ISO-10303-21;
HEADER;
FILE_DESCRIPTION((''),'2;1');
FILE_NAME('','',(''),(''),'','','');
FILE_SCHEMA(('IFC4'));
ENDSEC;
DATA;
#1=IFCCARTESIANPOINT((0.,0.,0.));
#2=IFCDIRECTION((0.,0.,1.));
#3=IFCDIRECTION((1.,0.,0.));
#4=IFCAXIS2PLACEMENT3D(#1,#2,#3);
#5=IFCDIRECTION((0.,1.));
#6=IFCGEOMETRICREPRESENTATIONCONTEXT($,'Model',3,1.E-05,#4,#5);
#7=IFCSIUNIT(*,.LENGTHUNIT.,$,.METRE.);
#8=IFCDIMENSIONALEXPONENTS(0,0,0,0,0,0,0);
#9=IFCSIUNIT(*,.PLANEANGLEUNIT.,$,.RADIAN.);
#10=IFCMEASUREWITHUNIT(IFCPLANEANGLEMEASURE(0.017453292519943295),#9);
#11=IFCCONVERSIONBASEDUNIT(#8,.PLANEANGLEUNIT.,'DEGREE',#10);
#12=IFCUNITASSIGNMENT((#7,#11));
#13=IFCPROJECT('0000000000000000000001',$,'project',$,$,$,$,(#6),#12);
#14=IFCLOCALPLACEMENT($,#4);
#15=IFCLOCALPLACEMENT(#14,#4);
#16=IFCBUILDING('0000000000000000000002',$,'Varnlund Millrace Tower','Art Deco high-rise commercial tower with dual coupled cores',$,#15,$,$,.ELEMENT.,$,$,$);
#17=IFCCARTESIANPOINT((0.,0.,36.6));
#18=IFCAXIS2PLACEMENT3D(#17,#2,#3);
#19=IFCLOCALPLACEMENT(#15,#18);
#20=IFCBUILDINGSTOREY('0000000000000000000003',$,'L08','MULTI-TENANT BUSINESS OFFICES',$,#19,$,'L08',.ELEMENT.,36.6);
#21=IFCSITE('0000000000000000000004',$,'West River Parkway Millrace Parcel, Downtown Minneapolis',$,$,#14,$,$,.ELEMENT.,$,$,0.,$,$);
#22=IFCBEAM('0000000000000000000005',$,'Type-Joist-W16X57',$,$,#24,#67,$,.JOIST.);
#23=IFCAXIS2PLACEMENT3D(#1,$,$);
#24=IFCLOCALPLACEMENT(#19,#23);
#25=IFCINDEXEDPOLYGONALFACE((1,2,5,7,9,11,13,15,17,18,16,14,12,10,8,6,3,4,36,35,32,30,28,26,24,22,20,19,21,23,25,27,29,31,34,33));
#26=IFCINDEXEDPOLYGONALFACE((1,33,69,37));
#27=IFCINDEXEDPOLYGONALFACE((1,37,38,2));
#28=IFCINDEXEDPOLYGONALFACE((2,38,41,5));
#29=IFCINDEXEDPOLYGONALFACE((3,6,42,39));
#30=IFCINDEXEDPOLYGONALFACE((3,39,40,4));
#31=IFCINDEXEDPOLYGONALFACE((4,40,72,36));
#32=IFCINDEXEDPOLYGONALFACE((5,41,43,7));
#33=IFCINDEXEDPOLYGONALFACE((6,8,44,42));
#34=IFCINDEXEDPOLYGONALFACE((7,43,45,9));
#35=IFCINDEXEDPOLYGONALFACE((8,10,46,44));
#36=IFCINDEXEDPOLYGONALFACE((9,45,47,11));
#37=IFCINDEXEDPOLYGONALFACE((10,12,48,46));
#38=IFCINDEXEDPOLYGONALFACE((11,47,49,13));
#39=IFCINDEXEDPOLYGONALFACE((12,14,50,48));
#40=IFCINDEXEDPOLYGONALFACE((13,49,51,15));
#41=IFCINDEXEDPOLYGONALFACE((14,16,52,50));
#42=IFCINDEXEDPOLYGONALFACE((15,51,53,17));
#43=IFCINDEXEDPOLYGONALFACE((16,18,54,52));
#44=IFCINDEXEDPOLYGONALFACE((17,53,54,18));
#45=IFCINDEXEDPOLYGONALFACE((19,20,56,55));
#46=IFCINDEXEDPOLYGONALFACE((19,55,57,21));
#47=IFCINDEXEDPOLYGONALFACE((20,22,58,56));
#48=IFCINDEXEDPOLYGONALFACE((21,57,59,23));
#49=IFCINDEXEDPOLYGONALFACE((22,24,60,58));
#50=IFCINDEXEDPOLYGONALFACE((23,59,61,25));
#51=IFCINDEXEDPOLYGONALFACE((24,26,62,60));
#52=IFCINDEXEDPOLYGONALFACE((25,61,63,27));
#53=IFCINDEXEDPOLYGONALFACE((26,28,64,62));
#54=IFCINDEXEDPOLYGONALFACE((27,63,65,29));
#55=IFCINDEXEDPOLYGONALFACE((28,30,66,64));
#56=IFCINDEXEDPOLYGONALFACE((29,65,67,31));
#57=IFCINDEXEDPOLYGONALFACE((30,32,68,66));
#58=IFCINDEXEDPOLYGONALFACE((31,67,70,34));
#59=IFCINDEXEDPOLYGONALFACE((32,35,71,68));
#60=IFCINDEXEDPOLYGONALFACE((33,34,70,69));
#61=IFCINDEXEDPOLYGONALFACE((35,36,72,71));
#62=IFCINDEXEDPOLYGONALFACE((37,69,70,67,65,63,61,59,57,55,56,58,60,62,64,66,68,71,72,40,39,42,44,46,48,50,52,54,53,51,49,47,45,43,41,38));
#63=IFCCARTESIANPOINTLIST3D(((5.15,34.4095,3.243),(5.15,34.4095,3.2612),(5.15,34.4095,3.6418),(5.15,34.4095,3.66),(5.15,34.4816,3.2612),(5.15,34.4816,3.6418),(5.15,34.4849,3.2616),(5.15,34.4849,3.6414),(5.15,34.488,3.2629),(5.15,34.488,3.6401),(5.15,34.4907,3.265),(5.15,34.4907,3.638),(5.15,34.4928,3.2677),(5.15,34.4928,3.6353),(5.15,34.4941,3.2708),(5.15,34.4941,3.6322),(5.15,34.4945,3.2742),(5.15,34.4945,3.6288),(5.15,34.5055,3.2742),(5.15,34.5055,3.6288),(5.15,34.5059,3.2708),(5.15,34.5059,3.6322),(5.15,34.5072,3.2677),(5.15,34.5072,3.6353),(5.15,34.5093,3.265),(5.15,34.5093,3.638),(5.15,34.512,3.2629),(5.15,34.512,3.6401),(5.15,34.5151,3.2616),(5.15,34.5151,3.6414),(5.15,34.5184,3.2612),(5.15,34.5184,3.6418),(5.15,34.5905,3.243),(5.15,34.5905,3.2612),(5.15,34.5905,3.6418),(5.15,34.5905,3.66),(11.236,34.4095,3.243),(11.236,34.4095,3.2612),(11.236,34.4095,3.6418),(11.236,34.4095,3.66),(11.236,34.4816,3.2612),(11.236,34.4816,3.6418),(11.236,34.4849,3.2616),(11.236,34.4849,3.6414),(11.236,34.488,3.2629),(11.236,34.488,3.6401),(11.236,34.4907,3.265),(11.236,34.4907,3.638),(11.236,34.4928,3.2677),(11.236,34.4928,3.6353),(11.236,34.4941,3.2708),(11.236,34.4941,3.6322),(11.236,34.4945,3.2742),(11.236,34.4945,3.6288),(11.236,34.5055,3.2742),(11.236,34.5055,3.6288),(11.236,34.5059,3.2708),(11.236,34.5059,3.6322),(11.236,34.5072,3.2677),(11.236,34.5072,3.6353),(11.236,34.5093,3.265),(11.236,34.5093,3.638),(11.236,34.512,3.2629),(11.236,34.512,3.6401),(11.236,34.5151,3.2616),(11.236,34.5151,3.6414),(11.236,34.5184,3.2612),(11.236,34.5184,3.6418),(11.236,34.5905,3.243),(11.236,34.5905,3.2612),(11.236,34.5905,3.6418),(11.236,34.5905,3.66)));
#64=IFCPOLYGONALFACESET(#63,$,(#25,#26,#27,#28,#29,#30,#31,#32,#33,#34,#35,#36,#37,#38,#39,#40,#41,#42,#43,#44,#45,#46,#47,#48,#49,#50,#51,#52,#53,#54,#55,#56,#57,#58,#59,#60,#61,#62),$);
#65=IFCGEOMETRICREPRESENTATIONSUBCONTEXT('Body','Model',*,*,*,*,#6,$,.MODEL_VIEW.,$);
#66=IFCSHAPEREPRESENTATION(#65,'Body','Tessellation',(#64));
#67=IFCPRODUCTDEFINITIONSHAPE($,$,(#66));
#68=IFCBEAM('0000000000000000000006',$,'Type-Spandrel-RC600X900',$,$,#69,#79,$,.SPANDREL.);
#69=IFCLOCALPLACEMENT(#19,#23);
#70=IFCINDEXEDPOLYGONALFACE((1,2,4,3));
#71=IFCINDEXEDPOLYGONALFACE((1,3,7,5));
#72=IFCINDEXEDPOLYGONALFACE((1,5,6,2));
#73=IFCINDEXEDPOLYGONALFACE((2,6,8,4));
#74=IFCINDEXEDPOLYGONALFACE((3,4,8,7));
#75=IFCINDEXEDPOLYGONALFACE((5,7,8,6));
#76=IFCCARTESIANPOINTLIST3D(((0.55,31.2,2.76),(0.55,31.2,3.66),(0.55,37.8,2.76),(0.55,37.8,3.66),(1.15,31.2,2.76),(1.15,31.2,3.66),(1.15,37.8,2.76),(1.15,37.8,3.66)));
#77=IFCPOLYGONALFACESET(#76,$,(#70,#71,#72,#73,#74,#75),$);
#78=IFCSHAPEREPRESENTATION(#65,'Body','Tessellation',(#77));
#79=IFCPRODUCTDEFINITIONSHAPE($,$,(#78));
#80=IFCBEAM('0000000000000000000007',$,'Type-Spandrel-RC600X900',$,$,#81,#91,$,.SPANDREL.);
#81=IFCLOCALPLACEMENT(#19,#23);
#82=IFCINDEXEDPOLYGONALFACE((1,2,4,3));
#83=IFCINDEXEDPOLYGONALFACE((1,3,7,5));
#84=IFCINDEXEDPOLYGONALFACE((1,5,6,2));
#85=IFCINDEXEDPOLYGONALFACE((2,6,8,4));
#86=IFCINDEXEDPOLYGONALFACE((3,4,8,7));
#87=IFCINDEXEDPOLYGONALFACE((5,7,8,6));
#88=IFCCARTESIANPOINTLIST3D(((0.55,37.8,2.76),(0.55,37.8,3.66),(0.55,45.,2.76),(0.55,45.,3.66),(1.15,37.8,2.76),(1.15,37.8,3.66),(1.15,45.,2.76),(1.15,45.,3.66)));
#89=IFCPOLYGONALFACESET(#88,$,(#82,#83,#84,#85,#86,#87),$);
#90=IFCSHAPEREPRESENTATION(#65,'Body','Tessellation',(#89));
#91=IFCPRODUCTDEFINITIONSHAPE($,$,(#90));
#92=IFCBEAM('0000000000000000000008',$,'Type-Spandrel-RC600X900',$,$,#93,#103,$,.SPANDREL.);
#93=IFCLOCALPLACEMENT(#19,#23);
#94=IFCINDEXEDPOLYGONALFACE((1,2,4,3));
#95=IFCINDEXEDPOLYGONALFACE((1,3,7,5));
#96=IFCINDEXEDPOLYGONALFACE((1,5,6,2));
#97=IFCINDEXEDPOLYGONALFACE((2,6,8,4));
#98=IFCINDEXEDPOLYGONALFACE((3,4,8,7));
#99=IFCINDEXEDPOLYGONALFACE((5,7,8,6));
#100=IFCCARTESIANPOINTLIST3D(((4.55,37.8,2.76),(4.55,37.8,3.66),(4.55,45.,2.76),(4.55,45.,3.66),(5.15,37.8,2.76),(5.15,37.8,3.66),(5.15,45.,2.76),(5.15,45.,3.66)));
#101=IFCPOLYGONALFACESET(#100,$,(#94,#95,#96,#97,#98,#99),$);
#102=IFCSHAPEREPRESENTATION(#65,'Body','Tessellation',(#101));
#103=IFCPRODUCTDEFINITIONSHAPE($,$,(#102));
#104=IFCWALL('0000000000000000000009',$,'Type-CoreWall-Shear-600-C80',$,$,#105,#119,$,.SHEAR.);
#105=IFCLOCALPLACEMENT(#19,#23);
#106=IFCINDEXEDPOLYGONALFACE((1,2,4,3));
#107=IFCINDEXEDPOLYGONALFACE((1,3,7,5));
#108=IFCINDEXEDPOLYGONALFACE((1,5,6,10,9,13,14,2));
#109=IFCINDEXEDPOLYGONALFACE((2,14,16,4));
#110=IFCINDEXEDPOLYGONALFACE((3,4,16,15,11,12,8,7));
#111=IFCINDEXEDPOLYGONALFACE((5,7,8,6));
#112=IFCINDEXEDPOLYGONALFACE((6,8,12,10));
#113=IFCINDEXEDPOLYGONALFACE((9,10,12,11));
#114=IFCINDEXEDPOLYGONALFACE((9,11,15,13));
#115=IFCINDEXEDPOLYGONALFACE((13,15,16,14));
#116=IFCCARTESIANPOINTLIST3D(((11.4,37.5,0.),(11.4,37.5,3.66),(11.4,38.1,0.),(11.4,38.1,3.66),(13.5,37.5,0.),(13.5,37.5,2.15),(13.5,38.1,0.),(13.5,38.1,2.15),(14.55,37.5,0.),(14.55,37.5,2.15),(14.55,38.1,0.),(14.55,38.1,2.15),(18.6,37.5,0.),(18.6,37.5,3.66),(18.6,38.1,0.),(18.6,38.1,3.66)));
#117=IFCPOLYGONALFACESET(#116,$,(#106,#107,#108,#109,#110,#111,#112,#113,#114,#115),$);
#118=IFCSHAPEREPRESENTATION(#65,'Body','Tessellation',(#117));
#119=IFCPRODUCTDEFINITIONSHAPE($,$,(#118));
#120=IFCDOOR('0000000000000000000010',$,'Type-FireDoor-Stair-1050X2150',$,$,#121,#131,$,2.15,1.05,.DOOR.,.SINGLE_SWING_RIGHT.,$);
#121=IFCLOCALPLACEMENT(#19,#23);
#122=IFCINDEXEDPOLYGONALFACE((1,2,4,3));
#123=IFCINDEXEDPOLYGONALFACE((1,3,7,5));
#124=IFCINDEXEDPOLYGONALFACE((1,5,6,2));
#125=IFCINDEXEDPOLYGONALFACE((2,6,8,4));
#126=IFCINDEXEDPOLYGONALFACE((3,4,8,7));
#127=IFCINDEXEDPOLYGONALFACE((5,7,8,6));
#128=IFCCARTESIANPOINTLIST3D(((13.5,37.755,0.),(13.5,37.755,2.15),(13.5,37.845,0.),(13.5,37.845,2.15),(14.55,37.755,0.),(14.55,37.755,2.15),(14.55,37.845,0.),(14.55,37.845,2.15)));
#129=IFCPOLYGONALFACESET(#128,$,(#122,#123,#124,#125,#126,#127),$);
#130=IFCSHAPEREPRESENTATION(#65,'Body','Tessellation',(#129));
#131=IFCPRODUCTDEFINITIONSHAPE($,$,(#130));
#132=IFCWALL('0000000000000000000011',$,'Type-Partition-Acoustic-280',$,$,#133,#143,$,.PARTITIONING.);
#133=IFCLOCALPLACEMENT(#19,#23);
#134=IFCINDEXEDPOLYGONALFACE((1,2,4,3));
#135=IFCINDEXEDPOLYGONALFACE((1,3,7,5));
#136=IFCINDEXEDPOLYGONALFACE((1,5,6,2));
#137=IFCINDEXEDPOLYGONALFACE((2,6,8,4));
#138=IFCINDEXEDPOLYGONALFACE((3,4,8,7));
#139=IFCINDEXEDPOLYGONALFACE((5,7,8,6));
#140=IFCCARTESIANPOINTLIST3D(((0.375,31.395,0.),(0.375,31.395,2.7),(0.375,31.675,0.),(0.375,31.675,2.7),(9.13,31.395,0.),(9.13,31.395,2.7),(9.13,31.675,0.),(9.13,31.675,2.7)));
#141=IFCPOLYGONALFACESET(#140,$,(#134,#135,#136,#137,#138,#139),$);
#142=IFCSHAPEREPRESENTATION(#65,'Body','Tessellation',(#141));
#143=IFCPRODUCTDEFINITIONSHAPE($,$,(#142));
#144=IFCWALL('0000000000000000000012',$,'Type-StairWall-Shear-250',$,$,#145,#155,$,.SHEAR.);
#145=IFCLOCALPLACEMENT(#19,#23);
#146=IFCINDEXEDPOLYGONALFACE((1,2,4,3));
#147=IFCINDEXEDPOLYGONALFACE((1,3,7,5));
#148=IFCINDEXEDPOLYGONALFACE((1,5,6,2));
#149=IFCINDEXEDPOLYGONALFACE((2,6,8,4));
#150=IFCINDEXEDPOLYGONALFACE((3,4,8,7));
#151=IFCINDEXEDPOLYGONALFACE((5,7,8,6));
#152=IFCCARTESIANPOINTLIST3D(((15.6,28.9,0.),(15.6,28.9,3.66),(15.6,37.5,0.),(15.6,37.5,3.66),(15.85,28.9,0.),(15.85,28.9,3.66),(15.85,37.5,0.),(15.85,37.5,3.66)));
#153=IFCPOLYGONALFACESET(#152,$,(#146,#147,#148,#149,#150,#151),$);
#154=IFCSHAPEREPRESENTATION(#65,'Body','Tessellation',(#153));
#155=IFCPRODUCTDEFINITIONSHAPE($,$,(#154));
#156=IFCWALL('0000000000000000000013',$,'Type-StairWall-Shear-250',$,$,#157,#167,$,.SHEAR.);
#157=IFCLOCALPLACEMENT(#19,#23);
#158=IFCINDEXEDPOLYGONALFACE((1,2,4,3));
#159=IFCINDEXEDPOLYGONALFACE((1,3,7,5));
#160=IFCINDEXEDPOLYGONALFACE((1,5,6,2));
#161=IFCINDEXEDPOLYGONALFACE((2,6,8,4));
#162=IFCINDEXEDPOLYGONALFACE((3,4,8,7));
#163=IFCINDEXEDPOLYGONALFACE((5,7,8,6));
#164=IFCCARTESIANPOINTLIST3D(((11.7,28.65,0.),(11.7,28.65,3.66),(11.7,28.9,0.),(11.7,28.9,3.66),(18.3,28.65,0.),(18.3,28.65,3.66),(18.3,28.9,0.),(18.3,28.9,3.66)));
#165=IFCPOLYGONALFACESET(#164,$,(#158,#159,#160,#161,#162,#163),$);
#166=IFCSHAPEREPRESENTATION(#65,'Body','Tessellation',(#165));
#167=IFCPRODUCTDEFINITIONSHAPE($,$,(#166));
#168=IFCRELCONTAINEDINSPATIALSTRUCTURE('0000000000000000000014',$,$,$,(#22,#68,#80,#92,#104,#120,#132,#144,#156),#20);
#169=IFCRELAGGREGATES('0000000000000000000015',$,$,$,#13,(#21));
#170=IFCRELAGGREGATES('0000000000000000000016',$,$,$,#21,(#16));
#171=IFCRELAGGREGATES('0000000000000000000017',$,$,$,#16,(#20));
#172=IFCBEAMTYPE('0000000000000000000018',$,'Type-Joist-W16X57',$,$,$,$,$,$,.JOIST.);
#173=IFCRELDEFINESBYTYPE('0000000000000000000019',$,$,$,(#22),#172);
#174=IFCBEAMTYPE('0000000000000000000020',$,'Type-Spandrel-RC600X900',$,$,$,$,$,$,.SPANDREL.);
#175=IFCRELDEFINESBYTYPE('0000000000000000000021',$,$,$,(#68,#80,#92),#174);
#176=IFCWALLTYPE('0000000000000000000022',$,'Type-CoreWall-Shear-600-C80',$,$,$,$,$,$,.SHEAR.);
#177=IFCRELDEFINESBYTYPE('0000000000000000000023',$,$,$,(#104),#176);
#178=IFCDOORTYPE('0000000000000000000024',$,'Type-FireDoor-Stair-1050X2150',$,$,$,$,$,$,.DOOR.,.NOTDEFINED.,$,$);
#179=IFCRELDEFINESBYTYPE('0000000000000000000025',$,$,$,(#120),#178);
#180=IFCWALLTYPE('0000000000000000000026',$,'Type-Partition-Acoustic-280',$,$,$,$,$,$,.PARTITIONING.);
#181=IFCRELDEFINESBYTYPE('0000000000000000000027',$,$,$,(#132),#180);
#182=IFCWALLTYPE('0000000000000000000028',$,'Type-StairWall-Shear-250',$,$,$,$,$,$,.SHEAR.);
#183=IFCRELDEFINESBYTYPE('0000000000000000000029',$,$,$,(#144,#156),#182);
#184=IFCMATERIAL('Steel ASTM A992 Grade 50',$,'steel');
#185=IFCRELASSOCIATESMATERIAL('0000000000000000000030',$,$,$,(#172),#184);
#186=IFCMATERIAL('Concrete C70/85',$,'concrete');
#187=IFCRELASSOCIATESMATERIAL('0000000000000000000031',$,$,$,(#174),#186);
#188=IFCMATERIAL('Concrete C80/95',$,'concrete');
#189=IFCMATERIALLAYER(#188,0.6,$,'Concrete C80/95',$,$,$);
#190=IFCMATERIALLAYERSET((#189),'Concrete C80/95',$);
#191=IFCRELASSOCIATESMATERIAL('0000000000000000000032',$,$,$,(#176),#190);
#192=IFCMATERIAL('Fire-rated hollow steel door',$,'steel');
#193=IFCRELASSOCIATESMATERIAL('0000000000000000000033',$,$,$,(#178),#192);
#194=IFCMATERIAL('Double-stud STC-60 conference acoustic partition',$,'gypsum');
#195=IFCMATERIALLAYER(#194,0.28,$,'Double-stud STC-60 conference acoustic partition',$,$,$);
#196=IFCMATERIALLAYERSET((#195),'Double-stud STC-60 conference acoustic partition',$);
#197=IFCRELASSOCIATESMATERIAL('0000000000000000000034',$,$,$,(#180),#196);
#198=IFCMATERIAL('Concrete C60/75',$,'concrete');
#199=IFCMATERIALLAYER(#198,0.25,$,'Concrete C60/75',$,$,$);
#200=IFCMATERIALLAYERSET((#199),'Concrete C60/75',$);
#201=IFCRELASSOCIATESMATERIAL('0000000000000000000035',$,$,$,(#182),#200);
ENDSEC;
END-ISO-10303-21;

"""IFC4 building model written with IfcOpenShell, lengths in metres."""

from ifc_helpers import new_model, entity, si_unit, converted_unit, direction, frame, origin_with_axes, origin_2d_with_axis, place, context, subcontext, project, spatial, polyline, rectangle, i_section, outline, extrude, material, layer, layer_set, material_profile, profile_set, type_object, element, fill, save


model = new_model("IFC4")

# Units and contexts
model_context = context("Model", 3, precision=1e-05, world=origin_with_axes(), true_north=direction((0.0, 1.0)))
body_context = subcontext(model_context, "Body", "Model", "MODEL_VIEW")
ifc_project = project(units=[si_unit("LENGTHUNIT", "METRE"), converted_unit("PLANEANGLEUNIT", "DEGREE", entity("IfcPlaneAngleMeasure", 0.017453292519943295), si_unit("PLANEANGLEUNIT", "RADIAN"), dimensions=[0, 0, 0, 0, 0, 0, 0])], contexts=[model_context])

# Site, building, storey
site_placement = place(None, origin_with_axes())
site = spatial("IfcSite", under=ifc_project, at=site_placement, Name="West River Parkway Millrace Parcel, Downtown Minneapolis", CompositionType="ELEMENT", RefElevation=0.0)
building_placement = place(site_placement, origin_with_axes())
building = spatial("IfcBuilding", under=site, at=building_placement, Name="Varnlund Millrace Tower", Description="Art Deco high-rise commercial tower with dual coupled cores", CompositionType="ELEMENT")
storey_placement = place(building_placement, frame((0.0, 0.0, 36.6), z_axis=(0.0, 0.0, 1.0), x_axis=(1.0, 0.0, 0.0)))
storey = spatial("IfcBuildingStorey", under=building, at=storey_placement, Name="L08", Description="MULTI-TENANT BUSINESS OFFICES", LongName="L08", CompositionType="ELEMENT", Elevation=36.6)

# Shared definitions
ifc_material_1 = material(Name="Concrete C80/95", Category="concrete")

# Beams
ifc_material_2 = material(Name="Steel ASTM A992 Grade 50", Category="steel")
ifc_material_profile_1 = material_profile(ifc_material_2, i_section(OverallWidth=0.181, OverallDepth=0.417, WebThickness=0.0109, FlangeThickness=0.0182, FilletRadius=0.013, at=origin_2d_with_axis()), Name="Steel ASTM A992 Grade 50")
ifc_profile_set_1 = profile_set([ifc_material_profile_1], Name="Steel ASTM A992 Grade 50")
beam_type_1 = type_object("IfcBeamType", Name="Type-Joist-W16X57", PredefinedType="JOIST", material=ifc_profile_set_1)
beam_1_placement = place(storey_placement, frame((5.15, 34.5, 3.4515), z_axis=(1.0, 0.0, 0.0), x_axis=(0.0, 1.0, 0.0)))
element("IfcBeam", 1, at=beam_1_placement, inside=storey, type_object=beam_type_1, Name="Type-Joist-W16X57", PredefinedType="JOIST", context=body_context, shape_type="SweptSolid", body=[
    extrude(i_section(OverallWidth=0.181, OverallDepth=0.417, WebThickness=0.0109, FlangeThickness=0.0182, FilletRadius=0.013, at=origin_2d_with_axis()), origin_with_axes(), (0.0, 0.0, 1.0), 6.086),
])
ifc_material_3 = material(Name="Concrete C70/85", Category="concrete")
ifc_material_profile_2 = material_profile(ifc_material_3, rectangle(XDim=0.6, YDim=0.9, at=origin_2d_with_axis()), Name="Concrete C70/85")
ifc_profile_set_2 = profile_set([ifc_material_profile_2], Name="Concrete C70/85")
beam_type_2 = type_object("IfcBeamType", Name="Type-Spandrel-RC600X900", PredefinedType="SPANDREL", material=ifc_profile_set_2)
beam_2_placement = place(storey_placement, frame((0.85, 31.2, 3.21), z_axis=(0.0, 1.0, 0.0), x_axis=(-1.0, 0.0, 0.0)))
element("IfcBeam", 2, at=beam_2_placement, inside=storey, type_object=beam_type_2, Name="Type-Spandrel-RC600X900", PredefinedType="SPANDREL", context=body_context, shape_type="SweptSolid", body=[
    extrude(rectangle(XDim=0.6, YDim=0.9, at=origin_2d_with_axis()), origin_with_axes(), (0.0, 0.0, 1.0), 6.6),
])
for number, where, z_axis, x_axis, name in (
    (3, (0.85, 37.8, 3.21), (0.0, 1.0, 0.0), (-1.0, 0.0, 0.0), "Type-Spandrel-RC600X900"),
    (4, (4.85, 37.8, 3.21), (0.0, 1.0, 0.0), (-1.0, 0.0, 0.0), "Type-Spandrel-RC600X900"),
):
    element("IfcBeam", number, at=place(storey_placement, frame(where, z_axis=z_axis, x_axis=x_axis)), inside=storey, type_object=beam_type_2, Name=name, PredefinedType="SPANDREL", context=body_context, shape_type="SweptSolid", body=[
        extrude(rectangle(XDim=0.6, YDim=0.9, at=origin_2d_with_axis()), origin_with_axes(), (0.0, 0.0, 1.0), 7.2),
    ])

# Wall, opening, door
ifc_layer_1 = layer(ifc_material_1, 0.6, Name="Concrete C80/95")
ifc_layer_set_1 = layer_set([ifc_layer_1], Name="Concrete C80/95")
wall_type_1 = type_object("IfcWallType", Name="Type-CoreWall-Shear-600-C80", PredefinedType="SHEAR", material=ifc_layer_set_1)
wall_1_placement = place(storey_placement, frame((11.4, 37.8, 0.0), z_axis=(0.0, 0.0, 1.0), x_axis=(1.0, 0.0, 0.0)))
wall_1 = element("IfcWall", 5, at=wall_1_placement, inside=storey, type_object=wall_type_1, Name="Type-CoreWall-Shear-600-C80", PredefinedType="SHEAR", context=body_context, shape_type="SweptSolid", body=[
    extrude(outline(polyline([(0.0, -0.3), (7.2, -0.3), (7.2, 0.3), (0.0, 0.3), (0.0, -0.3)])), origin_with_axes(), (0.0, 0.0, 1.0), 3.66),
])
opening_placement = place(wall_1_placement, frame((2.625, 0.0, 0.0), z_axis=(0.0, 0.0, 1.0), x_axis=(1.0, 0.0, 0.0)))
opening = element("IfcOpeningElement", 6, at=opening_placement, cuts=wall_1, PredefinedType="OPENING", context=body_context, shape_type="SweptSolid", body=[
    extrude(rectangle(XDim=1.05, YDim=0.62, at=origin_2d_with_axis()), origin_with_axes(), (0.0, 0.0, 1.0), 2.15),
])
ifc_material_4 = material(Name="Fire-rated hollow steel door", Category="steel")
door_type = type_object("IfcDoorType", Name="Type-FireDoor-Stair-1050X2150", OperationType="NOTDEFINED", PredefinedType="DOOR", material=ifc_material_4)
door_placement = place(wall_1_placement, frame((2.625, 0.0, 0.0), z_axis=(0.0, 0.0, 1.0), x_axis=(1.0, 0.0, 0.0)))
door = element("IfcDoor", 7, at=door_placement, inside=storey, type_object=door_type, Name="Type-FireDoor-Stair-1050X2150", OperationType="SINGLE_SWING_RIGHT", OverallHeight=2.15, OverallWidth=1.05, PredefinedType="DOOR", context=body_context, shape_type="SweptSolid", body=[
    extrude(rectangle(XDim=1.05, YDim=0.09, at=origin_2d_with_axis()), origin_with_axes(), (0.0, 0.0, 1.0), 2.15),
])
fill(opening, door)

# Walls
ifc_material_5 = material(Name="Double-stud STC-60 conference acoustic partition", Category="gypsum")
ifc_layer_2 = layer(ifc_material_5, 0.28, Name="Double-stud STC-60 conference acoustic partition")
ifc_layer_set_2 = layer_set([ifc_layer_2], Name="Double-stud STC-60 conference acoustic partition")
wall_type_2 = type_object("IfcWallType", Name="Type-Partition-Acoustic-280", PredefinedType="PARTITIONING", material=ifc_layer_set_2)
wall_2_placement = place(storey_placement, frame((0.375, 31.535, 0.0), z_axis=(0.0, 0.0, 1.0), x_axis=(1.0, 0.0, 0.0)))
element("IfcWall", 8, at=wall_2_placement, inside=storey, type_object=wall_type_2, Name="Type-Partition-Acoustic-280", PredefinedType="PARTITIONING", context=body_context, shape_type="SweptSolid", body=[
    extrude(outline(polyline([(0.0, -0.14), (8.755, -0.14), (8.755, 0.14), (0.0, 0.14), (0.0, -0.14)])), origin_with_axes(), (0.0, 0.0, 1.0), 2.7),
])
ifc_material_6 = material(Name="Concrete C60/75", Category="concrete")
ifc_layer_3 = layer(ifc_material_6, 0.25, Name="Concrete C60/75")
ifc_layer_set_3 = layer_set([ifc_layer_3], Name="Concrete C60/75")
wall_type_3 = type_object("IfcWallType", Name="Type-StairWall-Shear-250", PredefinedType="SHEAR", material=ifc_layer_set_3)
wall_3_placement = place(storey_placement, frame((15.725, 28.9, 0.0), z_axis=(0.0, 0.0, 1.0), x_axis=(0.0, 1.0, 0.0)))
element("IfcWall", 9, at=wall_3_placement, inside=storey, type_object=wall_type_3, Name="Type-StairWall-Shear-250", PredefinedType="SHEAR", context=body_context, shape_type="SweptSolid", body=[
    extrude(outline(polyline([(0.0, -0.125), (8.6, -0.125), (8.6, 0.125), (0.0, 0.125), (0.0, -0.125)])), origin_with_axes(), (0.0, 0.0, 1.0), 3.66),
])
wall_4_placement = place(storey_placement, frame((11.7, 28.775, 0.0), z_axis=(0.0, 0.0, 1.0), x_axis=(1.0, 0.0, 0.0)))
element("IfcWall", 10, at=wall_4_placement, inside=storey, type_object=wall_type_3, Name="Type-StairWall-Shear-250", PredefinedType="SHEAR", context=body_context, shape_type="SweptSolid", body=[
    extrude(outline(polyline([(0.0, -0.125), (6.6, -0.125), (6.6, 0.125), (0.0, 0.125), (0.0, -0.125)])), origin_with_axes(), (0.0, 0.0, 1.0), 3.66),
])

save(model, "model.ifc")
